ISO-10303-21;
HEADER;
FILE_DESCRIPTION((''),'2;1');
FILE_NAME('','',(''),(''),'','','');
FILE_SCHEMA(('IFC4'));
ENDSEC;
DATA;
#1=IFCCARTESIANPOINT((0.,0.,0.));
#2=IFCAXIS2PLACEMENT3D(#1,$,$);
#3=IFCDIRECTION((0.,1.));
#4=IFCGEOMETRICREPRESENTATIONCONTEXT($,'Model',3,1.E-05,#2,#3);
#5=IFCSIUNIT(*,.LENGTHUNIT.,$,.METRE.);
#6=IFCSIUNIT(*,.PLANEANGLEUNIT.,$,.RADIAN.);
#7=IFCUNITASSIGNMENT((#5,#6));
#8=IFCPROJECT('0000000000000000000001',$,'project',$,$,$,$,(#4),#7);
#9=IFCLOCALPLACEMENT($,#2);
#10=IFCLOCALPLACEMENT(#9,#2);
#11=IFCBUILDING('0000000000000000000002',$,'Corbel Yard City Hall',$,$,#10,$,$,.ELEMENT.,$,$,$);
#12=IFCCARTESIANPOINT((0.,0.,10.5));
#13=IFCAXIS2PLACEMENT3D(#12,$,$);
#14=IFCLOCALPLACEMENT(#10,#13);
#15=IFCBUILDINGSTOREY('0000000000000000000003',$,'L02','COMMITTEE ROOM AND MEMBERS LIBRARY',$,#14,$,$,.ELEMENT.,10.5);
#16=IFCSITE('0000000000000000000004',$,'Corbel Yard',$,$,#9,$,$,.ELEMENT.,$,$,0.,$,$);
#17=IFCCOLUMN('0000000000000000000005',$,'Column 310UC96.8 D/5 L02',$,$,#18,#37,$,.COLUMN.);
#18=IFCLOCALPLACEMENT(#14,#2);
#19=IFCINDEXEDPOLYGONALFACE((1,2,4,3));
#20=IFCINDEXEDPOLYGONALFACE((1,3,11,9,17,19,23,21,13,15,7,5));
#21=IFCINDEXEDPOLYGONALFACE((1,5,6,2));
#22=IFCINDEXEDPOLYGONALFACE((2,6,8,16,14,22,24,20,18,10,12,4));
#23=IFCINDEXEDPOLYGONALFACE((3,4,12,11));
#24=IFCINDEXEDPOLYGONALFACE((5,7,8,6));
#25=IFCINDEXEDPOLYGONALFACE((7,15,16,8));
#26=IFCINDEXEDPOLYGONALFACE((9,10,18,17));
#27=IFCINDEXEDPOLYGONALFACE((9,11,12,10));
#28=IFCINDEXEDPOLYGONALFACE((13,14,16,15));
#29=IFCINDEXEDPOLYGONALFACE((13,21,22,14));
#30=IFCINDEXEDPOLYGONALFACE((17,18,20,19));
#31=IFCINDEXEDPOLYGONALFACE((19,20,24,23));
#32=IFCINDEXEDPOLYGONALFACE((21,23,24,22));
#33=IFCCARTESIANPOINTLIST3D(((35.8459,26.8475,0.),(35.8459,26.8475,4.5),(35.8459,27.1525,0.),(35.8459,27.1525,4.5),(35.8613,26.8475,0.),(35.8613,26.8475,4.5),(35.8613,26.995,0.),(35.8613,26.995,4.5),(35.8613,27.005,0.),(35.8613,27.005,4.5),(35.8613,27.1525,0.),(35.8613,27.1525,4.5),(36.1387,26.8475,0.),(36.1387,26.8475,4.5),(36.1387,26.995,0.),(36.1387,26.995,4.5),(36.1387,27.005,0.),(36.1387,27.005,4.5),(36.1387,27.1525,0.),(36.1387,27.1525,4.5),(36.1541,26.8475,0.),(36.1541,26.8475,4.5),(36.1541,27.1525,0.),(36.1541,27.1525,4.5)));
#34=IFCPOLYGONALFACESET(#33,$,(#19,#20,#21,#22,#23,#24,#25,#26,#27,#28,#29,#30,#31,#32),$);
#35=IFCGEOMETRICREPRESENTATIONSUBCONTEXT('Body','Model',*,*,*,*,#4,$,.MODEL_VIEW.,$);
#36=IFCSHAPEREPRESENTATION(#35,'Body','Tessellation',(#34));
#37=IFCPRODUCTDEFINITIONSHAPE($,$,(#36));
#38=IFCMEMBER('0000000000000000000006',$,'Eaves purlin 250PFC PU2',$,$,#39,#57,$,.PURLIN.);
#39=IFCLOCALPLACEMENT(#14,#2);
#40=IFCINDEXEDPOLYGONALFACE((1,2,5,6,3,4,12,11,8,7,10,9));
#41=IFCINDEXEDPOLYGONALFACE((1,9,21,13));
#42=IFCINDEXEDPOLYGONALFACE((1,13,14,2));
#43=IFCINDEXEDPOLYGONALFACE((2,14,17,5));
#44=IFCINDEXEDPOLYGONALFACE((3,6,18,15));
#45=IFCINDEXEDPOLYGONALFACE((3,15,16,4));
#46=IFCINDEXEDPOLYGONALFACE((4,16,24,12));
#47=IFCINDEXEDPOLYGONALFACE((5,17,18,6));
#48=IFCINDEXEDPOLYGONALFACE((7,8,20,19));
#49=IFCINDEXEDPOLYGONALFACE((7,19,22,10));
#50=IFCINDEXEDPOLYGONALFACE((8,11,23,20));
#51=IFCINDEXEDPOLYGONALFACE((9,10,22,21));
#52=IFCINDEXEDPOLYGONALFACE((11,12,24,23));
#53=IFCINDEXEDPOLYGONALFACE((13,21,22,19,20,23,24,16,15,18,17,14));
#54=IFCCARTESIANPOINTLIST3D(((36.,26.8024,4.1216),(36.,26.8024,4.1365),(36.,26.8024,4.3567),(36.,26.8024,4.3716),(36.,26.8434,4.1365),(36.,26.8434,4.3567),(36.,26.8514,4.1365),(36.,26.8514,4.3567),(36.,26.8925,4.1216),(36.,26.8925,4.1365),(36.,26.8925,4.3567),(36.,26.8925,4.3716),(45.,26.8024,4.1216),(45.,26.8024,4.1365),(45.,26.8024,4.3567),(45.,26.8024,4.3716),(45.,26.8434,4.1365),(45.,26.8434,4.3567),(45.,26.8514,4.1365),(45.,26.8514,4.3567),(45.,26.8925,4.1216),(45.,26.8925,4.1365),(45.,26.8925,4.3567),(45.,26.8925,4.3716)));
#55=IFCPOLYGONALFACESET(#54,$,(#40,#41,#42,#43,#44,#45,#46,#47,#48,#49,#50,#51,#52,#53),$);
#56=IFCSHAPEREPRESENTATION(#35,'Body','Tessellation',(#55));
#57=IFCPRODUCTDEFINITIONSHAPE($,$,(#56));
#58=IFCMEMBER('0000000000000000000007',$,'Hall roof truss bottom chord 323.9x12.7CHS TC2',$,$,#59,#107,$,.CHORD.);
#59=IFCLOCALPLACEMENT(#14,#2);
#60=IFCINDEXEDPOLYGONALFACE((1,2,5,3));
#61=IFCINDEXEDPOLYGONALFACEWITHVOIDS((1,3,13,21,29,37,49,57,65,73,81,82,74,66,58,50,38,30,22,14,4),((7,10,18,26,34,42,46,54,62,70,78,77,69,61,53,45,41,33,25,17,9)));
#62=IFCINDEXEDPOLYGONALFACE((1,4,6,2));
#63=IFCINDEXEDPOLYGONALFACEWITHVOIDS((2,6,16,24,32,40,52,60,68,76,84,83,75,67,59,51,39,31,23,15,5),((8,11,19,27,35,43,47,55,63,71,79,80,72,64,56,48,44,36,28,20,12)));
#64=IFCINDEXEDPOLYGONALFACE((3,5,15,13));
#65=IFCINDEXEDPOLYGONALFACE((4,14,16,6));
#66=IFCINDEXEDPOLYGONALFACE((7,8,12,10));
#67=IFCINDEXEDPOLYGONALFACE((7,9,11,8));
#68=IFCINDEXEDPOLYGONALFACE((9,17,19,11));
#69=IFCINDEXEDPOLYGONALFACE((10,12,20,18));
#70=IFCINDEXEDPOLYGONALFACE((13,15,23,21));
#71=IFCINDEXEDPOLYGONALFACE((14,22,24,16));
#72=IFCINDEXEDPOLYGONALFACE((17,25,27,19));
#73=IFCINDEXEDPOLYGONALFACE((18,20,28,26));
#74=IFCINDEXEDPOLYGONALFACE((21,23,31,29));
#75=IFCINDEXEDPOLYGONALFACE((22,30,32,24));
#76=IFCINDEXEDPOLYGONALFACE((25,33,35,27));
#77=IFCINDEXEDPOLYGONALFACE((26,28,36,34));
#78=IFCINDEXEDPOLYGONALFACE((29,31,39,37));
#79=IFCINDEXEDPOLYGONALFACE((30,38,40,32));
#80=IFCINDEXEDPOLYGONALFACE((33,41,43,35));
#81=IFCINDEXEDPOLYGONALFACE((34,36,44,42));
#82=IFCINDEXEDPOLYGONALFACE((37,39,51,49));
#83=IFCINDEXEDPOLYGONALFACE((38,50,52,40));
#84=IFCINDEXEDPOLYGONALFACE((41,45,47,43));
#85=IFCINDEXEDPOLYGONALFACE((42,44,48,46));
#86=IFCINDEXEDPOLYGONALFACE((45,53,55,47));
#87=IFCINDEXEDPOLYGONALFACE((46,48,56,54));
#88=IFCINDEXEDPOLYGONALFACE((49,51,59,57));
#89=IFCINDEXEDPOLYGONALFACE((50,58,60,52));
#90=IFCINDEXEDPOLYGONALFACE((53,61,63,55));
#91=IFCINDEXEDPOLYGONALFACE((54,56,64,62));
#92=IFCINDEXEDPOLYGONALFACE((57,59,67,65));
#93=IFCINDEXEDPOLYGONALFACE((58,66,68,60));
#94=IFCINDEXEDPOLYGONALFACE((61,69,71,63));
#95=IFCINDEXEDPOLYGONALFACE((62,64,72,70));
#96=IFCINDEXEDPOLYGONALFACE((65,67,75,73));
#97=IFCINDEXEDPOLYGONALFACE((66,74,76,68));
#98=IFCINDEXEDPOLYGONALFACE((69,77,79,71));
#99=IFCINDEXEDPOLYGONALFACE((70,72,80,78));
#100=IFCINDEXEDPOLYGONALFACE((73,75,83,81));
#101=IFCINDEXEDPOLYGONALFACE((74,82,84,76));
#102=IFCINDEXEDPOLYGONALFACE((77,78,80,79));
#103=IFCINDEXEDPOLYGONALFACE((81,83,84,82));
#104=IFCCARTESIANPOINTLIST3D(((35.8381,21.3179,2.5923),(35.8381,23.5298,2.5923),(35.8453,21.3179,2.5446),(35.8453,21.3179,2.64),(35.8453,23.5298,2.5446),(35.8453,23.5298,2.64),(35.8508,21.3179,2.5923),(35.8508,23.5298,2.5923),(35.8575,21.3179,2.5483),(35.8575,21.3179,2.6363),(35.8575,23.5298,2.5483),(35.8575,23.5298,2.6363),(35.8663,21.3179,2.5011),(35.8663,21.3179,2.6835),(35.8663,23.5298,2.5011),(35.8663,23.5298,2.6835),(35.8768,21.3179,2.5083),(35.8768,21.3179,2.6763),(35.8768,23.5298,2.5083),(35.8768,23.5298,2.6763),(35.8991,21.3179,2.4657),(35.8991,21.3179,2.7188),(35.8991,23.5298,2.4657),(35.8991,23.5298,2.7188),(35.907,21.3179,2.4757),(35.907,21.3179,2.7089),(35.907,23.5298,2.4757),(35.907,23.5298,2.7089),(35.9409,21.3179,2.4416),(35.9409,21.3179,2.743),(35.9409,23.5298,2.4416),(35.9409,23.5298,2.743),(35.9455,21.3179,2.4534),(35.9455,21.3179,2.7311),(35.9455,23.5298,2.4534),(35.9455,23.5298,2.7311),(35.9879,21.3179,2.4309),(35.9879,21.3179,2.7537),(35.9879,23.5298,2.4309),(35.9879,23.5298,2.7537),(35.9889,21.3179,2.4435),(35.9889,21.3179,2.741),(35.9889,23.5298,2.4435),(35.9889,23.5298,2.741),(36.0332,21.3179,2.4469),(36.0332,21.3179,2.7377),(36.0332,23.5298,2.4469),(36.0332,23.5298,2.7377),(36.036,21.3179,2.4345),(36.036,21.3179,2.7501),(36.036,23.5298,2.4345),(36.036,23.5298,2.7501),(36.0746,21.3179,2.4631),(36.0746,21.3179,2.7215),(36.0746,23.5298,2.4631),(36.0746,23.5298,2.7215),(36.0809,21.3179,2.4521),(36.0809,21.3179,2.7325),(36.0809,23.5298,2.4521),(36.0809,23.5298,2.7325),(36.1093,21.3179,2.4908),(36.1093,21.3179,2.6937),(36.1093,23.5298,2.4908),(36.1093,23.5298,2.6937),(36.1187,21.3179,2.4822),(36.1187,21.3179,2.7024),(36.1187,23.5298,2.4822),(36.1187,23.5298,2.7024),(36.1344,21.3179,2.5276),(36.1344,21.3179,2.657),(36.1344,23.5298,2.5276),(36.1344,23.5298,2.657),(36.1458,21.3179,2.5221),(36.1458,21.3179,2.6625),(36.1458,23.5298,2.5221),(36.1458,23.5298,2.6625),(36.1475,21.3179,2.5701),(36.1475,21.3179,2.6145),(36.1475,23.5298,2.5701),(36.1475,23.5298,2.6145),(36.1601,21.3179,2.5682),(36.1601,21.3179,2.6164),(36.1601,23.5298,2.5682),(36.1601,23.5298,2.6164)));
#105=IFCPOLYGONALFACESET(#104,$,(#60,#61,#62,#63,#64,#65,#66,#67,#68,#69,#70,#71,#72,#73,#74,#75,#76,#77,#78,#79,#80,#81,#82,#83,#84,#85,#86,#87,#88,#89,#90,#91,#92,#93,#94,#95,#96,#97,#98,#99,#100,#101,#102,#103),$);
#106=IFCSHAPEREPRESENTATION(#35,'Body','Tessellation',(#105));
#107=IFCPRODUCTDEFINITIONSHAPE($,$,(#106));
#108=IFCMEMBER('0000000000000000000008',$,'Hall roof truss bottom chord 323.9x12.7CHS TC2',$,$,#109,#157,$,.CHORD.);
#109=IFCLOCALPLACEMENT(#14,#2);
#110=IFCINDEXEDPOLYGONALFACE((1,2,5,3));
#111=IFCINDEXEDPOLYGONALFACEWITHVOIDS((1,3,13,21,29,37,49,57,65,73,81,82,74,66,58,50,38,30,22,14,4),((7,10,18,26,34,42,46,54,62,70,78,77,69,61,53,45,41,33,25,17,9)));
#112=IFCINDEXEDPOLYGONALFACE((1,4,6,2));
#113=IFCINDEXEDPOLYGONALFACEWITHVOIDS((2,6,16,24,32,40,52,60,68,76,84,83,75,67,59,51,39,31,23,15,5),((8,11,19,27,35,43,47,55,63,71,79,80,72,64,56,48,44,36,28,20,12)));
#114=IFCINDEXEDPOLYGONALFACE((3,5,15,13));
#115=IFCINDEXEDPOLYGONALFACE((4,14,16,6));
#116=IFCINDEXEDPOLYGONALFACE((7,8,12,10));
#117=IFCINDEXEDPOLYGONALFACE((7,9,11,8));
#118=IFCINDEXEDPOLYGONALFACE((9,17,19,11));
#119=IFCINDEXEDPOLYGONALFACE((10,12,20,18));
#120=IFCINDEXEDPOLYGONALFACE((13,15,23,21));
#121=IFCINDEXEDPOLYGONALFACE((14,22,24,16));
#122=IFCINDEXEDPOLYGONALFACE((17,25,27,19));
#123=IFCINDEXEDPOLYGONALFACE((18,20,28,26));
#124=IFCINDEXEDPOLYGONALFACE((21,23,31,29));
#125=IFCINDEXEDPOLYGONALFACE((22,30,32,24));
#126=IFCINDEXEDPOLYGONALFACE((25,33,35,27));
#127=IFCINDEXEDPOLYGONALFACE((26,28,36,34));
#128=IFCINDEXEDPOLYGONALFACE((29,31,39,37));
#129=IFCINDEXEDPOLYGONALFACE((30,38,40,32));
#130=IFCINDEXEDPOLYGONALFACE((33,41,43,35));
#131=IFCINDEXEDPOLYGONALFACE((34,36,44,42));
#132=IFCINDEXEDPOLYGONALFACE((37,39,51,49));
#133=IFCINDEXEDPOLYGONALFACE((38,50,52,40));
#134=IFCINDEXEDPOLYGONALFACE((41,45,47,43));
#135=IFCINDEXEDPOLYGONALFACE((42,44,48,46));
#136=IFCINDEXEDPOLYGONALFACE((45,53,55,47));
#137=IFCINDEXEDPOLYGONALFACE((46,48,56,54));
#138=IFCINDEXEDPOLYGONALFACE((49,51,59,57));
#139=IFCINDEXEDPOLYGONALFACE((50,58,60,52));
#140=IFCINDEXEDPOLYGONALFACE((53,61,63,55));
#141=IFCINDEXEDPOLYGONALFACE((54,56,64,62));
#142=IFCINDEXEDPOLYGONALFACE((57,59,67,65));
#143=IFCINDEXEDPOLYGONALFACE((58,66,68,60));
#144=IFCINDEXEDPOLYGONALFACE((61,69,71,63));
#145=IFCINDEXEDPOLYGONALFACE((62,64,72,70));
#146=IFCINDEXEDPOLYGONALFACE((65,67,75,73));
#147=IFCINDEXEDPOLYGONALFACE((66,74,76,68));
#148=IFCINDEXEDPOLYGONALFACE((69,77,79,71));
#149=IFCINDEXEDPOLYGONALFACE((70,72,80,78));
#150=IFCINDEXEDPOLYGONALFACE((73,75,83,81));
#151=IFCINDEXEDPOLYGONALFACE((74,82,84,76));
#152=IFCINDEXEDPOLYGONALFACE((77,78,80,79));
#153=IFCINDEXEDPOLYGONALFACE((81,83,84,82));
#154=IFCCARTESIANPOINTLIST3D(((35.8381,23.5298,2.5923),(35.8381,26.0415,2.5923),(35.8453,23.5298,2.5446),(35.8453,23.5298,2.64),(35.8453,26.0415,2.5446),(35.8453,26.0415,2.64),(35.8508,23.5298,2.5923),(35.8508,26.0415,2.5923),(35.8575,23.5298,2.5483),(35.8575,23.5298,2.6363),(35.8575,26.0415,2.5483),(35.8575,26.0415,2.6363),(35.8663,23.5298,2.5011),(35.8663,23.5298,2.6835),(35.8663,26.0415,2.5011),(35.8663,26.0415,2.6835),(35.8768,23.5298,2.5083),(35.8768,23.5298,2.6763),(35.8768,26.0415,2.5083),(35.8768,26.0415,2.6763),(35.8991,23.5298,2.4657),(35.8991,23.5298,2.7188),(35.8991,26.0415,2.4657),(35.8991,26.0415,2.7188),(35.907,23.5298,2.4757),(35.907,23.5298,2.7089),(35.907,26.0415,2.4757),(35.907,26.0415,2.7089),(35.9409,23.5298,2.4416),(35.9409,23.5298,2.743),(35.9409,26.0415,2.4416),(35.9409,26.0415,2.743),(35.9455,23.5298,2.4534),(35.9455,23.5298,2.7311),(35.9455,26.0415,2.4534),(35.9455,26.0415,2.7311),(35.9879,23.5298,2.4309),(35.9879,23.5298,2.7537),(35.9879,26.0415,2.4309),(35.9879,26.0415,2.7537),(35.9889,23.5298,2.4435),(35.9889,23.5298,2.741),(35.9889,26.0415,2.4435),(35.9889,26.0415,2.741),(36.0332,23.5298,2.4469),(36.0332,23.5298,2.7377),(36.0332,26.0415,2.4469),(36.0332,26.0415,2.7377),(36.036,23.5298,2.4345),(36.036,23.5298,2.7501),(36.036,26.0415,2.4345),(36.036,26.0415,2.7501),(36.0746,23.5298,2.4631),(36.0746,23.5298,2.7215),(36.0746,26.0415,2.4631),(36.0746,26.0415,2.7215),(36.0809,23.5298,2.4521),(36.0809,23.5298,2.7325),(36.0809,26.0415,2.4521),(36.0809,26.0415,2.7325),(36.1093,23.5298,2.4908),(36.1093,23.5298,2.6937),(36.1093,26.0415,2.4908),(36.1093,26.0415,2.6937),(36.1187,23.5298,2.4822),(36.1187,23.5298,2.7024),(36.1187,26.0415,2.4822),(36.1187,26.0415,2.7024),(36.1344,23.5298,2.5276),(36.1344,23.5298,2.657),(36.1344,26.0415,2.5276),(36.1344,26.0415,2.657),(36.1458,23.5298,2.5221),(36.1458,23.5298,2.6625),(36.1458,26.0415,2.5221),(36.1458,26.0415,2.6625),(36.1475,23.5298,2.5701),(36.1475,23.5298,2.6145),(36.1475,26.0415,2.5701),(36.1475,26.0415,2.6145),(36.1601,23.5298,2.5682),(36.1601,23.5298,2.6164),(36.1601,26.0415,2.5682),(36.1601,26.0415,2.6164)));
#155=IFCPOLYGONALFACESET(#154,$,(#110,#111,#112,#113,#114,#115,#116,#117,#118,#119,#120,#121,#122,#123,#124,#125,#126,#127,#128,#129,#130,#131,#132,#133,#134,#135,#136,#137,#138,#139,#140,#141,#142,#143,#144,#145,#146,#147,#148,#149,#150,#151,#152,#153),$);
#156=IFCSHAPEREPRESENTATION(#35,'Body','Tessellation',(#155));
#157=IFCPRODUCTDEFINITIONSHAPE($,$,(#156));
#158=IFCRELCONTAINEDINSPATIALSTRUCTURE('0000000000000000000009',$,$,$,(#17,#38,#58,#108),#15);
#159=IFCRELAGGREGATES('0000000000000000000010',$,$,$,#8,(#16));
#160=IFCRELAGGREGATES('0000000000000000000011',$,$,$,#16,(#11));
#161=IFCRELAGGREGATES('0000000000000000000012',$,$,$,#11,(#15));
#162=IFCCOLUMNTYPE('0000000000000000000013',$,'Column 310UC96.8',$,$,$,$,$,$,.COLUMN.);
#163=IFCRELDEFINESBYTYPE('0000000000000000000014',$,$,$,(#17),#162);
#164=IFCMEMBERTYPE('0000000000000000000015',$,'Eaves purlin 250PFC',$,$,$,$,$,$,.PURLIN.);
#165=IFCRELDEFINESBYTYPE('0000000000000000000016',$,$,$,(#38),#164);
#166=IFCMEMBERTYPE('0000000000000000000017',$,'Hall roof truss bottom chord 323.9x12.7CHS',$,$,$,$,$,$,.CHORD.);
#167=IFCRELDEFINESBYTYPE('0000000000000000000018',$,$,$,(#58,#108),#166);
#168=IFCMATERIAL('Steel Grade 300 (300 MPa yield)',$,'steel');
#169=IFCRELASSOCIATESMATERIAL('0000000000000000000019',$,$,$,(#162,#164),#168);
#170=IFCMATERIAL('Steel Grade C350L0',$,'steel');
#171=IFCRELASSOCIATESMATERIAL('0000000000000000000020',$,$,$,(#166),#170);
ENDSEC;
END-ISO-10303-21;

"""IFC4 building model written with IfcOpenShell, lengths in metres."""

from ifc_helpers import new_model, si_unit, direction, frame, origin, origin_2d, place, context, subcontext, project, spatial, hollow_circle, i_section, extrude, material, material_profile, profile_set, type_object, element, save


model = new_model("IFC4")

# Units and contexts
model_context = context("Model", 3, precision=1e-05, world=origin(), true_north=direction((0.0, 1.0)))
body_context = subcontext(model_context, "Body", "Model", "MODEL_VIEW")
ifc_project = project(units=[si_unit("LENGTHUNIT", "METRE"), si_unit("PLANEANGLEUNIT", "RADIAN")], contexts=[model_context])

# Site, building, storey
site_placement = place(None, origin())
site = spatial("IfcSite", under=ifc_project, at=site_placement, Name="Corbel Yard", CompositionType="ELEMENT", RefElevation=0.0)
building_placement = place(site_placement, origin())
building = spatial("IfcBuilding", under=site, at=building_placement, Name="Corbel Yard City Hall", CompositionType="ELEMENT")
storey_placement = place(building_placement, frame((0.0, 0.0, 10.5)))
storey = spatial("IfcBuildingStorey", under=building, at=storey_placement, Name="L02", Description="COMMITTEE ROOM AND MEMBERS LIBRARY", CompositionType="ELEMENT", Elevation=10.5)

# Column
ifc_material_1 = material(Name="Steel Grade 300 (300 MPa yield)", Category="steel")
ifc_material_profile_1 = material_profile(ifc_material_1, i_section(OverallWidth=0.3049, OverallDepth=0.3081, WebThickness=0.01, FlangeThickness=0.0154, at=origin_2d()), Name="310UC96.8")
ifc_profile_set_1 = profile_set([ifc_material_profile_1], Name="Steel Grade 300 (300 MPa yield)")
column_type = type_object("IfcColumnType", Name="Column 310UC96.8", PredefinedType="COLUMN", material=ifc_profile_set_1)
column_placement = place(storey_placement, frame((36.0, 27.0, 0.0), z_axis=(0.0, 0.0, 1.0), x_axis=(0.0, 1.0, 0.0)))
element("IfcColumn", 1, at=column_placement, inside=storey, type_object=column_type, Name="Column 310UC96.8 D/5 L02", PredefinedType="COLUMN", context=body_context, shape_type="SweptSolid", body=[
    extrude(i_section(OverallWidth=0.3049, OverallDepth=0.3081, WebThickness=0.01, FlangeThickness=0.0154, at=origin_2d()), origin(), (0.0, 0.0, 1.0), 4.5),
])

# Members
ifc_material_profile_2 = material_profile(ifc_material_1, i_section(OverallWidth=0.0901, OverallDepth=0.25, WebThickness=0.0081, FlangeThickness=0.0149, at=origin_2d()), Name="250PFC")
ifc_profile_set_2 = profile_set([ifc_material_profile_2], Name="Steel Grade 300 (300 MPa yield)")
member_type_1 = type_object("IfcMemberType", Name="Eaves purlin 250PFC", PredefinedType="PURLIN", material=ifc_profile_set_2)
member_1_placement = place(storey_placement, frame((36.0, 26.8474, 4.2466), z_axis=(1.0, 0.0, 0.0), x_axis=(0.0, 1.0, 0.0)))
element("IfcMember", 2, at=member_1_placement, inside=storey, type_object=member_type_1, Name="Eaves purlin 250PFC PU2", PredefinedType="PURLIN", context=body_context, shape_type="SweptSolid", body=[
    extrude(i_section(OverallWidth=0.0901, OverallDepth=0.25, WebThickness=0.0081, FlangeThickness=0.0149, at=origin_2d()), origin(), (0.0, 0.0, 1.0), 9.0),
])
ifc_material_2 = material(Name="Steel Grade C350L0", Category="steel")
ifc_material_profile_3 = material_profile(ifc_material_2, hollow_circle(Radius=0.1619, WallThickness=0.0127, at=origin_2d()), Name="323.9x12.7CHS")
ifc_profile_set_3 = profile_set([ifc_material_profile_3], Name="Steel Grade C350L0")
member_type_2 = type_object("IfcMemberType", Name="Hall roof truss bottom chord 323.9x12.7CHS", PredefinedType="CHORD", material=ifc_profile_set_3)
member_2_placement = place(storey_placement, frame((36.0, 21.3179, 2.5923), z_axis=(0.0, 1.0, 0.0), x_axis=(-1.0, 0.0, 0.0)))
element("IfcMember", 3, at=member_2_placement, inside=storey, type_object=member_type_2, Name="Hall roof truss bottom chord 323.9x12.7CHS TC2", PredefinedType="CHORD", context=body_context, shape_type="SweptSolid", body=[
    extrude(hollow_circle(Radius=0.1619, WallThickness=0.0127, at=origin_2d()), origin(), (0.0, 0.0, 1.0), 2.2119),
])
member_3_placement = place(storey_placement, frame((36.0, 23.5298, 2.5923), z_axis=(0.0, 1.0, 0.0), x_axis=(-1.0, 0.0, 0.0)))
element("IfcMember", 4, at=member_3_placement, inside=storey, type_object=member_type_2, Name="Hall roof truss bottom chord 323.9x12.7CHS TC2", PredefinedType="CHORD", context=body_context, shape_type="SweptSolid", body=[
    extrude(hollow_circle(Radius=0.1619, WallThickness=0.0127, at=origin_2d()), origin(), (0.0, 0.0, 1.0), 2.5117),
])

save(model, "model.ifc")
